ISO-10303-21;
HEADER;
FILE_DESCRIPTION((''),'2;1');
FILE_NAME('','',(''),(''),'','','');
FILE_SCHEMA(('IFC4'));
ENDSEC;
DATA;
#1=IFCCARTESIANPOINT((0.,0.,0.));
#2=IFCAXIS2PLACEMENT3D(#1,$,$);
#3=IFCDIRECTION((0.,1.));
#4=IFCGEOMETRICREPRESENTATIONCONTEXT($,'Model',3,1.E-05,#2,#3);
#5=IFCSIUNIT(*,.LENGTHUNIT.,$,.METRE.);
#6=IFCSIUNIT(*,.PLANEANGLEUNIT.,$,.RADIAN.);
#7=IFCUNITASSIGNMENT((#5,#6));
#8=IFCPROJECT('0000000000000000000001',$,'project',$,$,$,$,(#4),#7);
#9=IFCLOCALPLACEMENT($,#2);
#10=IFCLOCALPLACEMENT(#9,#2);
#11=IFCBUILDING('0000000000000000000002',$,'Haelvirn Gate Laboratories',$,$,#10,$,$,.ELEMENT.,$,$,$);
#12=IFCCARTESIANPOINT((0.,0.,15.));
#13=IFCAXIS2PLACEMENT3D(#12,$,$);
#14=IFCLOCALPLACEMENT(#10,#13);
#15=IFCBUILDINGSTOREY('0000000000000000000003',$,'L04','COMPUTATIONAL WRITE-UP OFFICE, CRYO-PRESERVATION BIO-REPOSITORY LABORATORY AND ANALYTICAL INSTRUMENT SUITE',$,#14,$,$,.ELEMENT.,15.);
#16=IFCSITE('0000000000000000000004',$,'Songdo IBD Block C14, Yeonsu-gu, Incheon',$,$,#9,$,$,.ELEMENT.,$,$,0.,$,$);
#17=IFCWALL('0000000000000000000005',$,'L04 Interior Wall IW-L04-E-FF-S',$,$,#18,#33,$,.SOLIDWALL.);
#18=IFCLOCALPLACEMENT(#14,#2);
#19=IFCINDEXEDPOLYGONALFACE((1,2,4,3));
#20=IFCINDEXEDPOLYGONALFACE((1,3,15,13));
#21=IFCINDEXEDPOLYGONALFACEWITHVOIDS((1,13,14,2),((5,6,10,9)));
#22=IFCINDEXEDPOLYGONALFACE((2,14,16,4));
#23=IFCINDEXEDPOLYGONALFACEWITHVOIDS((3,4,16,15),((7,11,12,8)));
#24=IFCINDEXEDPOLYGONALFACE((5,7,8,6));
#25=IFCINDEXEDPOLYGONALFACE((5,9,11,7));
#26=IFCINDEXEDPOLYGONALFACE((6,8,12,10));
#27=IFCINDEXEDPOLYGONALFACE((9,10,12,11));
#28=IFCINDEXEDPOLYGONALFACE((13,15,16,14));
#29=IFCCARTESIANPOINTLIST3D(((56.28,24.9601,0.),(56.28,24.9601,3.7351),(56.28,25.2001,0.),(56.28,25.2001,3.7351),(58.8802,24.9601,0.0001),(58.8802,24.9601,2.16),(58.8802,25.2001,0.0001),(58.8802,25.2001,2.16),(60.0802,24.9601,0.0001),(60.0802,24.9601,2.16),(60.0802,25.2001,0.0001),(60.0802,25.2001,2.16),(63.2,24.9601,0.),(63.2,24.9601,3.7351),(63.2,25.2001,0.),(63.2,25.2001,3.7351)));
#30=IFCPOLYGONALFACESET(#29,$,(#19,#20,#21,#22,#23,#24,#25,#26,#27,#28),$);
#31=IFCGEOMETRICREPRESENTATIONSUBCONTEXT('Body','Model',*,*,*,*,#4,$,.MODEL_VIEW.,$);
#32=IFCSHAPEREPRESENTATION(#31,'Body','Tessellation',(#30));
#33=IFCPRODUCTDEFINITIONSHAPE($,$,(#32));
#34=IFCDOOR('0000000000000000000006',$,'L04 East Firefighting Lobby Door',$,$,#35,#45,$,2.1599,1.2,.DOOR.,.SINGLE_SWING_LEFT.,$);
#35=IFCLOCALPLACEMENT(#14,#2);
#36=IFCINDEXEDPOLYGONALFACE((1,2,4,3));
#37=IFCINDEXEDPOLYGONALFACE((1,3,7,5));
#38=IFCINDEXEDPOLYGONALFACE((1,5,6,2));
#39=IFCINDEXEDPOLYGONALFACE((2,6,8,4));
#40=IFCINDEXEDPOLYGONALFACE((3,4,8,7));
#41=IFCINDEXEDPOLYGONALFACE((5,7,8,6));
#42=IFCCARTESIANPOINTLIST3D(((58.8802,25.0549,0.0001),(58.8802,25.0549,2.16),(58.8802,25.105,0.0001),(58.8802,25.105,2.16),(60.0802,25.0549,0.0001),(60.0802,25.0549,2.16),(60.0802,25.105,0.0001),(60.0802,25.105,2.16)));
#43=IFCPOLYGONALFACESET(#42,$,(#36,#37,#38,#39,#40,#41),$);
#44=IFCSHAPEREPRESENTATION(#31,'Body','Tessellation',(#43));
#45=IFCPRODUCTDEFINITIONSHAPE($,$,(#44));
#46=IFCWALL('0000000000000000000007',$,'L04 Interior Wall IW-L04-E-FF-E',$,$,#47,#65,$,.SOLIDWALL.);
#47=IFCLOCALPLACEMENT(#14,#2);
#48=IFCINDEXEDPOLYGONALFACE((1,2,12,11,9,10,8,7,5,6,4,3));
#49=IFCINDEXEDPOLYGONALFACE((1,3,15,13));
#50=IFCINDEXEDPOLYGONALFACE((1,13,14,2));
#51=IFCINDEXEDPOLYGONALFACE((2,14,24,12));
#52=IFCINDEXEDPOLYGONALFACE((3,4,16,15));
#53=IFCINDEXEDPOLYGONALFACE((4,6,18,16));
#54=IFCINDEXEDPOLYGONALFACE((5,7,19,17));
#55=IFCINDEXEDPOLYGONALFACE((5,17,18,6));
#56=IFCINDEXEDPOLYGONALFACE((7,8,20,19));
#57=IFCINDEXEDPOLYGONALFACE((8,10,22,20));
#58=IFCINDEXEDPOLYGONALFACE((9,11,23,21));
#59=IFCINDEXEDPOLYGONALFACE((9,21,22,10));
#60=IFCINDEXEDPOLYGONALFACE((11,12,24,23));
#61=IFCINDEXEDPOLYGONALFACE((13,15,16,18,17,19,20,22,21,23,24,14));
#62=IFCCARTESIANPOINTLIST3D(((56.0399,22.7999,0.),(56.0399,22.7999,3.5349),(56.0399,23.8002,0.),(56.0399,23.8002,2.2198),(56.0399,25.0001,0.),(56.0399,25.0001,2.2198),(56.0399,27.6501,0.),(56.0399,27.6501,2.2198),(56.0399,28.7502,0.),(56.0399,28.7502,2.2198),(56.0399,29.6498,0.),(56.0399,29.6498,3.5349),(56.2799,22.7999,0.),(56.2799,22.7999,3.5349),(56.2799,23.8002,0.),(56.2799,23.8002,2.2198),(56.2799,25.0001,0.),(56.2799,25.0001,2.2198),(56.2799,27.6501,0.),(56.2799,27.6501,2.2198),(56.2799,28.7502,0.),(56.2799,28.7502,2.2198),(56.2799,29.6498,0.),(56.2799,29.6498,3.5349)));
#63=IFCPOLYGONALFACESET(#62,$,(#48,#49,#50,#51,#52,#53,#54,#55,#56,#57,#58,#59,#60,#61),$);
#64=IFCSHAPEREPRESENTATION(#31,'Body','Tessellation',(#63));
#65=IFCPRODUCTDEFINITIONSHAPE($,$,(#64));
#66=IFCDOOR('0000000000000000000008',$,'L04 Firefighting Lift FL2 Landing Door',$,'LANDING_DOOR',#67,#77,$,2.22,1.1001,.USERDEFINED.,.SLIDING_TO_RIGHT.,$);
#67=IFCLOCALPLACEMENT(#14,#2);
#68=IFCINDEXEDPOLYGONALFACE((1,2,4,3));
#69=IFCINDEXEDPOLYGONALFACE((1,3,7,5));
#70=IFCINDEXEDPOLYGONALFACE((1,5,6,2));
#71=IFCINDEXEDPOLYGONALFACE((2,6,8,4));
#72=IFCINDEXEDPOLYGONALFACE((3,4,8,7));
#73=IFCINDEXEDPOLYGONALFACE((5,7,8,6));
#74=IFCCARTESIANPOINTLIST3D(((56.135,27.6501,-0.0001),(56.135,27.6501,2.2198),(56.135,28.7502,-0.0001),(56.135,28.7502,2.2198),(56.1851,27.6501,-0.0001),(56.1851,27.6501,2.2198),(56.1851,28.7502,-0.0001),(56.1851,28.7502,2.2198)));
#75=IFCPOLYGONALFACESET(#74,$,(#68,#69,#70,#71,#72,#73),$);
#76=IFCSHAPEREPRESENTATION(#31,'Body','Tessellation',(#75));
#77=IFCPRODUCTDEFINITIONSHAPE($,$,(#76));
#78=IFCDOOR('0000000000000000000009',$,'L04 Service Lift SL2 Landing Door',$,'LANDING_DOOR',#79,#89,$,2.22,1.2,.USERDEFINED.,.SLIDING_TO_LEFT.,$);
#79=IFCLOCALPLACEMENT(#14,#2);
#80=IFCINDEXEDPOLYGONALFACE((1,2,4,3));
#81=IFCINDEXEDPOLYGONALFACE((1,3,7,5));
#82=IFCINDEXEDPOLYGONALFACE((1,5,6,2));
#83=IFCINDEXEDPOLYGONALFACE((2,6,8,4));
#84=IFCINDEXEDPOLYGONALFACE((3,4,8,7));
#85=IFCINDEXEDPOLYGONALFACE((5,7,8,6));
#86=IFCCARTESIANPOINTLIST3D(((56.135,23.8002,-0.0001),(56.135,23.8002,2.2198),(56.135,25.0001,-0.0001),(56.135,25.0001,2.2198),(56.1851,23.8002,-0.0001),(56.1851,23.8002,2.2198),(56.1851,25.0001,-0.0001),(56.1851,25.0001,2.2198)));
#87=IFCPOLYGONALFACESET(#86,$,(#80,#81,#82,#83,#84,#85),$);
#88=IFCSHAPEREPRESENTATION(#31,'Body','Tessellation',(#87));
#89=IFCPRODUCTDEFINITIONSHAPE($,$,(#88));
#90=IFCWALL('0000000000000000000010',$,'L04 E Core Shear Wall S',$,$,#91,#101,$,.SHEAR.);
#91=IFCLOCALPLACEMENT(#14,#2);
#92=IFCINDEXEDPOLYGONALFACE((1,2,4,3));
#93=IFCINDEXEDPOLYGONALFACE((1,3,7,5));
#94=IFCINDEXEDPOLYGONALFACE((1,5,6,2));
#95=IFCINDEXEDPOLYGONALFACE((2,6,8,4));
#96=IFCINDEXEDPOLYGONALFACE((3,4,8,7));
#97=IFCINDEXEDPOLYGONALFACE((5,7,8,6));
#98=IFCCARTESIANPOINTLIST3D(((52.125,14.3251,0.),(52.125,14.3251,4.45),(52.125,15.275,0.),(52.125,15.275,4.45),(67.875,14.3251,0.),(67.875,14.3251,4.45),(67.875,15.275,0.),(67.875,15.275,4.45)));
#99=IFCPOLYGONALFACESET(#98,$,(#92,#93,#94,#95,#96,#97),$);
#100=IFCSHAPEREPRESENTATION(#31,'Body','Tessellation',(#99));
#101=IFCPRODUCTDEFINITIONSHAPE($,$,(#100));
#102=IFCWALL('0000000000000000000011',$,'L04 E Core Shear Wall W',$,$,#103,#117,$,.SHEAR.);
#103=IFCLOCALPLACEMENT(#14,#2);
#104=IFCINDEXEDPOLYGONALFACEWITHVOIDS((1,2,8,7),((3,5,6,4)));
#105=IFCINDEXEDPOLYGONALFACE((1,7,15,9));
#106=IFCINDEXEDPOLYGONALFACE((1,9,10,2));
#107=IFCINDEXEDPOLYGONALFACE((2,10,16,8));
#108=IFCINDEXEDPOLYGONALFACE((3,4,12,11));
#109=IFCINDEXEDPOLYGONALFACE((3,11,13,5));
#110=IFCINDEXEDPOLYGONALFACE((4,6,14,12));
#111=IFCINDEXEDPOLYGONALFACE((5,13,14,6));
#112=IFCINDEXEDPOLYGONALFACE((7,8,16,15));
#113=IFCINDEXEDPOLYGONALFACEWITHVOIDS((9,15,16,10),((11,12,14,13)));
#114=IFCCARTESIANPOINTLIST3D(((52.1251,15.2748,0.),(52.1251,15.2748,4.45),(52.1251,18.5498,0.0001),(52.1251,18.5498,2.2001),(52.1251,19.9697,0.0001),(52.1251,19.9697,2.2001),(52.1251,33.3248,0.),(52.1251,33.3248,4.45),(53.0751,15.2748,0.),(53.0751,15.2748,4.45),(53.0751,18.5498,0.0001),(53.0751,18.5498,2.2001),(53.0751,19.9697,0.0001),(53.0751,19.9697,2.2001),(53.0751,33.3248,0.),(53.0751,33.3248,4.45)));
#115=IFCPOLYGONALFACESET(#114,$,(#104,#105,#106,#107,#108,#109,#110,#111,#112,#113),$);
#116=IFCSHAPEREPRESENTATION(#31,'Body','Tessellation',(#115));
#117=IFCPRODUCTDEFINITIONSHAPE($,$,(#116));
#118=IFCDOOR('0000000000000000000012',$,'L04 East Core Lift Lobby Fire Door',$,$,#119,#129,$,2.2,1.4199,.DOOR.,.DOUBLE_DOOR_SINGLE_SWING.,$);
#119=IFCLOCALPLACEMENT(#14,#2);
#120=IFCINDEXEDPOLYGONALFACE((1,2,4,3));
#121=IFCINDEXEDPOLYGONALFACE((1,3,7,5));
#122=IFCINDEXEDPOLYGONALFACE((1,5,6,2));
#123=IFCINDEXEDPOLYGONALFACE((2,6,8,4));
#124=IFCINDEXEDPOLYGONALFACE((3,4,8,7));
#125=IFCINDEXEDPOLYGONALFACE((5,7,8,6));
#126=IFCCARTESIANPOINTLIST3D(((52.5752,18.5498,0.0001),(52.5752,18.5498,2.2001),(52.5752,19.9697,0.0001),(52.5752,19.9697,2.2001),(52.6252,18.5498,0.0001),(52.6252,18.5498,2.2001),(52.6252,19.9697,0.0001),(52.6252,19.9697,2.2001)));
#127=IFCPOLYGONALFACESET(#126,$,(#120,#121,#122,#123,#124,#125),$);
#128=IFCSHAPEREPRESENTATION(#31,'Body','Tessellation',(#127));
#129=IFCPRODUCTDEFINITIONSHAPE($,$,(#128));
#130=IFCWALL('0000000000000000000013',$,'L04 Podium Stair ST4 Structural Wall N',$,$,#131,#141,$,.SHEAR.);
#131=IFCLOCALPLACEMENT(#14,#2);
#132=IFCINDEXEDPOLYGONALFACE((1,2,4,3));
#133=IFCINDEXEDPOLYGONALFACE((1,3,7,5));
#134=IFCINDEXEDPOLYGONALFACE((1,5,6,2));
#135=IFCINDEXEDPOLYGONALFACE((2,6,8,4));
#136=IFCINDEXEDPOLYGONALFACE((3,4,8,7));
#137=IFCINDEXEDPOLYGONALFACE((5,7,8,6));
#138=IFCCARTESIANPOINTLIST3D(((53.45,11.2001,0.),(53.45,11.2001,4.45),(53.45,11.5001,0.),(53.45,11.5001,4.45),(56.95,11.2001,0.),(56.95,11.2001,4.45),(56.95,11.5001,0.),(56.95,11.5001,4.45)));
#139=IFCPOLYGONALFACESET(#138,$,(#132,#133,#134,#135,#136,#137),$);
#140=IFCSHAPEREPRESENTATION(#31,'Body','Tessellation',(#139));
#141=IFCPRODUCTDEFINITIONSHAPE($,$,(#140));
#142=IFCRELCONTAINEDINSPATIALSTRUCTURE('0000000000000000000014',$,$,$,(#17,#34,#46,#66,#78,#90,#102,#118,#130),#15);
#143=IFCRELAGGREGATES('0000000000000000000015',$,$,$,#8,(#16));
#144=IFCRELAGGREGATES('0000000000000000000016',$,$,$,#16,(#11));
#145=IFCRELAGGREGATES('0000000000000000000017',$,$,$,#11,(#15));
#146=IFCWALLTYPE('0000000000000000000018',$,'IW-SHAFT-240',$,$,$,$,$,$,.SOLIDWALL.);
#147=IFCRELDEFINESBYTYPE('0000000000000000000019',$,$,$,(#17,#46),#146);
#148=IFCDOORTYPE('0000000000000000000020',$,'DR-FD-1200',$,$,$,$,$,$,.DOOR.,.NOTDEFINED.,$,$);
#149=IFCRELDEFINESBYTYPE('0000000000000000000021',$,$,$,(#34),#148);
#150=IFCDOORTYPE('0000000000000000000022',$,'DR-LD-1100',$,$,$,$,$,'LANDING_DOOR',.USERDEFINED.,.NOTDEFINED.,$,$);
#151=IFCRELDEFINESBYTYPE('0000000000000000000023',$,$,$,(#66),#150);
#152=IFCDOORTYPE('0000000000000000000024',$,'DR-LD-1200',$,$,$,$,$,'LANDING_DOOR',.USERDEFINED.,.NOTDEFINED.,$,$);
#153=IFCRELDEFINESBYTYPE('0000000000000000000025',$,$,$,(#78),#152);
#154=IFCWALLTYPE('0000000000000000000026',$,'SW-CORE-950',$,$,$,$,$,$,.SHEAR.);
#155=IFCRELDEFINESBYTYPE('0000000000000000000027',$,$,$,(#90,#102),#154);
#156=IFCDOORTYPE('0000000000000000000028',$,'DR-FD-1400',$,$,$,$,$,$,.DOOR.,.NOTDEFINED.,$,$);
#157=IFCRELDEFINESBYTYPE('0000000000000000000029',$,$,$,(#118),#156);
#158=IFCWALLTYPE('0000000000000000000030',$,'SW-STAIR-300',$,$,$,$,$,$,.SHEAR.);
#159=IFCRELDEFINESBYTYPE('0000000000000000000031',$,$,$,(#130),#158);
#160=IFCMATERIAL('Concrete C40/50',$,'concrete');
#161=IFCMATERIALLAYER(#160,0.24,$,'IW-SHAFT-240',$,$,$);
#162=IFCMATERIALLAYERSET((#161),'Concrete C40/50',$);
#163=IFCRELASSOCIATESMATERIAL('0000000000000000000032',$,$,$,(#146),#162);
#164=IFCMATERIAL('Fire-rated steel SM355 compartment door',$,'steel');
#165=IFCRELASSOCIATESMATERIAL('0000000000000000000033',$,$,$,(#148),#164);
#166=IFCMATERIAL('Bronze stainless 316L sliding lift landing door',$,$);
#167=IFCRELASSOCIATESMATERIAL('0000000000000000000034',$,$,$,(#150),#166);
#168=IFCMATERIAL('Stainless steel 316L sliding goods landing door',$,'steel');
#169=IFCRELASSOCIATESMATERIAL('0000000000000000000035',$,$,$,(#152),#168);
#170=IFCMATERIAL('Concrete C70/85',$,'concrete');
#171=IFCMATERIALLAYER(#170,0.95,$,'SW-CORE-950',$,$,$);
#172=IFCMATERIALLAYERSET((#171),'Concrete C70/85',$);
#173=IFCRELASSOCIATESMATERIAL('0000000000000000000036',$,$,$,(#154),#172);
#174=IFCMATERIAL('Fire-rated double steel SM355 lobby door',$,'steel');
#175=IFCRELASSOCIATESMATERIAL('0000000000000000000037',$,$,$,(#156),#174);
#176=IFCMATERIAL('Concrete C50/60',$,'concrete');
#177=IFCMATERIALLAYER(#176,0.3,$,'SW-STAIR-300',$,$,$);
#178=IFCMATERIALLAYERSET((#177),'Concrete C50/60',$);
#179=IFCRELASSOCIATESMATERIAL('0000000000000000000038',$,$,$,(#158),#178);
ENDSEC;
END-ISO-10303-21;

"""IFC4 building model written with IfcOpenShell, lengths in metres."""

from ifc_helpers import new_model, si_unit, direction, frame, frame_2d, origin, place, context, subcontext, project, spatial, rectangle, extrude, source, transform, mapped, material, layer, layer_set, type_object, type_shapes, element, fill, save


model = new_model("IFC4")

# Units and contexts
model_context = context("Model", 3, precision=1e-05, world=origin(), true_north=direction((0.0, 1.0)))
body_context = subcontext(model_context, "Body", "Model", "MODEL_VIEW")
ifc_project = project(units=[si_unit("LENGTHUNIT", "METRE"), si_unit("PLANEANGLEUNIT", "RADIAN")], contexts=[model_context])

# Site, building, storey
site_placement = place(None, origin())
site = spatial("IfcSite", under=ifc_project, at=site_placement, Name="Songdo IBD Block C14, Yeonsu-gu, Incheon", CompositionType="ELEMENT", RefElevation=0.0)
building_placement = place(site_placement, origin())
building = spatial("IfcBuilding", under=site, at=building_placement, Name="Haelvirn Gate Laboratories", CompositionType="ELEMENT")
storey_placement = place(building_placement, frame((0.0, 0.0, 15.0)))
storey = spatial("IfcBuildingStorey", under=building, at=storey_placement, Name="L04", Description="COMPUTATIONAL WRITE-UP OFFICE, CRYO-PRESERVATION BIO-REPOSITORY LABORATORY AND ANALYTICAL INSTRUMENT SUITE", CompositionType="ELEMENT", Elevation=15.0)

# Shared definitions
ifc_material_1 = material(Name="Concrete C70/85", Category="concrete")

# Shared definitions
ifc_material_2 = material(Name="Concrete C40/50", Category="concrete")

# Wall, opening, door
ifc_layer_1 = layer(ifc_material_2, 0.24, Name="IW-SHAFT-240")
ifc_layer_set_1 = layer_set([ifc_layer_1], Name="Concrete C40/50")
wall_type_1 = type_object("IfcWallType", Name="IW-SHAFT-240", PredefinedType="SOLIDWALL", material=ifc_layer_set_1)
wall_1_placement = place(storey_placement, frame((56.28, 25.0801, 0.0), z_axis=(0.0, 0.0, 1.0), x_axis=(1.0, 0.0, 0.0)))
wall_1 = element("IfcWall", 1, at=wall_1_placement, inside=storey, type_object=wall_type_1, Name="L04 Interior Wall IW-L04-E-FF-S", PredefinedType="SOLIDWALL", context=body_context, shape_type="SweptSolid", body=[
    extrude(rectangle(XDim=6.9199, YDim=0.24, at=frame_2d((3.46, 0.0))), origin(), (0.0, 0.0, 1.0), 3.7351),
])
opening_1_placement = place(wall_1_placement, frame((2.6001, 0.0, 0.0)))
opening_1 = element("IfcOpeningElement", 2, at=opening_1_placement, cuts=wall_1, PredefinedType="OPENING", context=body_context, shape_type="SweptSolid", body=[
    extrude(rectangle(XDim=1.2, YDim=2.1599, at=frame_2d((0.6001, 1.0801))), frame((0.0, 0.1299, 0.0), z_axis=(0.0, -1.0, 0.0), x_axis=(1.0, 0.0, 0.0)), (0.0, 0.0, 1.0), 0.26),
])
ifc_material_3 = material(Name="Fire-rated steel SM355 compartment door", Category="steel")
door_type_1 = type_object("IfcDoorType", Name="DR-FD-1200", OperationType="NOTDEFINED", PredefinedType="DOOR", material=ifc_material_3)
shared_shape_1 = source(origin(), body_context, "Body", "SweptSolid", [
    extrude(rectangle(XDim=1.2, YDim=2.1599, at=frame_2d((0.6001, 1.0801))), frame((0.0, 0.0249, 0.0), z_axis=(0.0, -1.0, 0.0), x_axis=(1.0, 0.0, 0.0)), (0.0, 0.0, 1.0), 0.05),
])
type_shapes(door_type_1, [shared_shape_1])
door_1_placement = place(opening_1_placement, origin())
door_1 = element("IfcDoor", 3, at=door_1_placement, inside=storey, type_object=door_type_1, Name="L04 East Firefighting Lobby Door", OperationType="SINGLE_SWING_LEFT", OverallHeight=2.1599, OverallWidth=1.2, PredefinedType="DOOR", context=body_context, shape_type="MappedRepresentation", body=[
    mapped(shared_shape_1, transform((0.0, 0.0, 0.0), scale=1.0)),
])
fill(opening_1, door_1)

# Wall, openings, doors
wall_2_placement = place(storey_placement, frame((56.1599, 22.8, 0.0), z_axis=(0.0, 0.0, 1.0), x_axis=(0.0, 1.0, 0.0)))
wall_2 = element("IfcWall", 4, at=wall_2_placement, inside=storey, type_object=wall_type_1, Name="L04 Interior Wall IW-L04-E-FF-E", PredefinedType="SOLIDWALL", context=body_context, shape_type="SweptSolid", body=[
    extrude(rectangle(XDim=6.8499, YDim=0.24, at=frame_2d((3.4248, 0.0))), origin(), (0.0, 0.0, 1.0), 3.5349),
])
opening_2_placement = place(wall_2_placement, frame((4.8501, 0.0, 0.0)))
opening_2 = element("IfcOpeningElement", 5, at=opening_2_placement, cuts=wall_2, PredefinedType="OPENING", context=body_context, shape_type="SweptSolid", body=[
    extrude(rectangle(XDim=1.1001, YDim=2.22, at=frame_2d((0.55, 1.1099))), frame((0.0, 0.1299, 0.0), z_axis=(0.0, -1.0, 0.0), x_axis=(1.0, 0.0, 0.0)), (0.0, 0.0, 1.0), 0.26),
])
opening_3_placement = place(wall_2_placement, frame((1.0, 0.0, 0.0)))
opening_3 = element("IfcOpeningElement", 6, at=opening_3_placement, cuts=wall_2, PredefinedType="OPENING", context=body_context, shape_type="SweptSolid", body=[
    extrude(rectangle(XDim=1.2, YDim=2.22, at=frame_2d((0.6001, 1.1099))), frame((0.0, 0.1299, 0.0), z_axis=(0.0, -1.0, 0.0), x_axis=(1.0, 0.0, 0.0)), (0.0, 0.0, 1.0), 0.26),
])
ifc_material_4 = material(Name="Bronze stainless 316L sliding lift landing door")
door_type_2 = type_object("IfcDoorType", Name="DR-LD-1100", ElementType="LANDING_DOOR", OperationType="NOTDEFINED", PredefinedType="USERDEFINED", material=ifc_material_4)
shared_shape_2 = source(origin(), body_context, "Body", "SweptSolid", [
    extrude(rectangle(XDim=1.1001, YDim=2.22, at=frame_2d((0.55, 1.1099))), frame((0.0, 0.0249, 0.0), z_axis=(0.0, -1.0, 0.0), x_axis=(1.0, 0.0, 0.0)), (0.0, 0.0, 1.0), 0.05),
])
type_shapes(door_type_2, [shared_shape_2])
door_2_placement = place(opening_2_placement, origin())
door_2 = element("IfcDoor", 7, at=door_2_placement, inside=storey, type_object=door_type_2, Name="L04 Firefighting Lift FL2 Landing Door", ObjectType="LANDING_DOOR", OperationType="SLIDING_TO_RIGHT", OverallHeight=2.22, OverallWidth=1.1001, PredefinedType="USERDEFINED", context=body_context, shape_type="MappedRepresentation", body=[
    mapped(shared_shape_2, transform((0.0, 0.0, 0.0), scale=1.0)),
])
fill(opening_2, door_2)
ifc_material_5 = material(Name="Stainless steel 316L sliding goods landing door", Category="steel")
door_type_3 = type_object("IfcDoorType", Name="DR-LD-1200", ElementType="LANDING_DOOR", OperationType="NOTDEFINED", PredefinedType="USERDEFINED", material=ifc_material_5)
shared_shape_3 = source(origin(), body_context, "Body", "SweptSolid", [
    extrude(rectangle(XDim=1.2, YDim=2.22, at=frame_2d((0.6001, 1.1099))), frame((0.0, 0.0249, 0.0), z_axis=(0.0, -1.0, 0.0), x_axis=(1.0, 0.0, 0.0)), (0.0, 0.0, 1.0), 0.05),
])
type_shapes(door_type_3, [shared_shape_3])
door_3_placement = place(opening_3_placement, origin())
door_3 = element("IfcDoor", 8, at=door_3_placement, inside=storey, type_object=door_type_3, Name="L04 Service Lift SL2 Landing Door", ObjectType="LANDING_DOOR", OperationType="SLIDING_TO_LEFT", OverallHeight=2.22, OverallWidth=1.2, PredefinedType="USERDEFINED", context=body_context, shape_type="MappedRepresentation", body=[
    mapped(shared_shape_3, transform((0.0, 0.0, 0.0), scale=1.0)),
])
fill(opening_3, door_3)

# Wall
ifc_layer_2 = layer(ifc_material_1, 0.95, Name="SW-CORE-950")
ifc_layer_set_2 = layer_set([ifc_layer_2], Name="Concrete C70/85")
wall_type_2 = type_object("IfcWallType", Name="SW-CORE-950", PredefinedType="SHEAR", material=ifc_layer_set_2)
wall_3_placement = place(storey_placement, frame((52.125, 14.8, 0.0), z_axis=(0.0, 0.0, 1.0), x_axis=(1.0, 0.0, 0.0)))
element("IfcWall", 9, at=wall_3_placement, inside=storey, type_object=wall_type_2, Name="L04 E Core Shear Wall S", PredefinedType="SHEAR", context=body_context, shape_type="SweptSolid", body=[
    extrude(rectangle(XDim=15.75, YDim=0.95, at=frame_2d((7.875, 0.0))), origin(), (0.0, 0.0, 1.0), 4.45),
])

# Wall, opening, door
wall_4_placement = place(storey_placement, frame((52.6001, 15.2749, 0.0), z_axis=(0.0, 0.0, 1.0), x_axis=(0.0, 1.0, 0.0)))
wall_4 = element("IfcWall", 10, at=wall_4_placement, inside=storey, type_object=wall_type_2, Name="L04 E Core Shear Wall W", PredefinedType="SHEAR", context=body_context, shape_type="SweptSolid", body=[
    extrude(rectangle(XDim=18.05, YDim=0.95, at=frame_2d((9.0249, 0.0))), origin(), (0.0, 0.0, 1.0), 4.45),
])
opening_4_placement = place(wall_4_placement, frame((3.2749, 0.0, 0.0)))
opening_4 = element("IfcOpeningElement", 11, at=opening_4_placement, cuts=wall_4, PredefinedType="OPENING", context=body_context, shape_type="SweptSolid", body=[
    extrude(rectangle(XDim=1.4199, YDim=2.2, at=frame_2d((0.71, 1.1001))), frame((0.0, 0.4849, 0.0), z_axis=(0.0, -1.0, 0.0), x_axis=(1.0, 0.0, 0.0)), (0.0, 0.0, 1.0), 0.97),
])
ifc_material_6 = material(Name="Fire-rated double steel SM355 lobby door", Category="steel")
door_type_4 = type_object("IfcDoorType", Name="DR-FD-1400", OperationType="NOTDEFINED", PredefinedType="DOOR", material=ifc_material_6)
shared_shape_4 = source(origin(), body_context, "Body", "SweptSolid", [
    extrude(rectangle(XDim=1.4199, YDim=2.2, at=frame_2d((0.71, 1.1001))), frame((0.0, 0.0249, 0.0), z_axis=(0.0, -1.0, 0.0), x_axis=(1.0, 0.0, 0.0)), (0.0, 0.0, 1.0), 0.05),
])
type_shapes(door_type_4, [shared_shape_4])
door_4_placement = place(opening_4_placement, origin())
door_4 = element("IfcDoor", 12, at=door_4_placement, inside=storey, type_object=door_type_4, Name="L04 East Core Lift Lobby Fire Door", OperationType="DOUBLE_DOOR_SINGLE_SWING", OverallHeight=2.2, OverallWidth=1.4199, PredefinedType="DOOR", context=body_context, shape_type="MappedRepresentation", body=[
    mapped(shared_shape_4, transform((0.0, 0.0, 0.0), scale=1.0)),
])
fill(opening_4, door_4)

# Wall
ifc_material_7 = material(Name="Concrete C50/60", Category="concrete")
ifc_layer_3 = layer(ifc_material_7, 0.3, Name="SW-STAIR-300")
ifc_layer_set_3 = layer_set([ifc_layer_3], Name="Concrete C50/60")
wall_type_3 = type_object("IfcWallType", Name="SW-STAIR-300", PredefinedType="SHEAR", material=ifc_layer_set_3)
wall_5_placement = place(storey_placement, frame((53.45, 11.3501, 0.0), z_axis=(0.0, 0.0, 1.0), x_axis=(1.0, 0.0, 0.0)))
element("IfcWall", 13, at=wall_5_placement, inside=storey, type_object=wall_type_3, Name="L04 Podium Stair ST4 Structural Wall N", PredefinedType="SHEAR", context=body_context, shape_type="SweptSolid", body=[
    extrude(rectangle(XDim=3.5, YDim=0.3, at=frame_2d((1.75, 0.0))), origin(), (0.0, 0.0, 1.0), 4.45),
])

save(model, "model.ifc")
